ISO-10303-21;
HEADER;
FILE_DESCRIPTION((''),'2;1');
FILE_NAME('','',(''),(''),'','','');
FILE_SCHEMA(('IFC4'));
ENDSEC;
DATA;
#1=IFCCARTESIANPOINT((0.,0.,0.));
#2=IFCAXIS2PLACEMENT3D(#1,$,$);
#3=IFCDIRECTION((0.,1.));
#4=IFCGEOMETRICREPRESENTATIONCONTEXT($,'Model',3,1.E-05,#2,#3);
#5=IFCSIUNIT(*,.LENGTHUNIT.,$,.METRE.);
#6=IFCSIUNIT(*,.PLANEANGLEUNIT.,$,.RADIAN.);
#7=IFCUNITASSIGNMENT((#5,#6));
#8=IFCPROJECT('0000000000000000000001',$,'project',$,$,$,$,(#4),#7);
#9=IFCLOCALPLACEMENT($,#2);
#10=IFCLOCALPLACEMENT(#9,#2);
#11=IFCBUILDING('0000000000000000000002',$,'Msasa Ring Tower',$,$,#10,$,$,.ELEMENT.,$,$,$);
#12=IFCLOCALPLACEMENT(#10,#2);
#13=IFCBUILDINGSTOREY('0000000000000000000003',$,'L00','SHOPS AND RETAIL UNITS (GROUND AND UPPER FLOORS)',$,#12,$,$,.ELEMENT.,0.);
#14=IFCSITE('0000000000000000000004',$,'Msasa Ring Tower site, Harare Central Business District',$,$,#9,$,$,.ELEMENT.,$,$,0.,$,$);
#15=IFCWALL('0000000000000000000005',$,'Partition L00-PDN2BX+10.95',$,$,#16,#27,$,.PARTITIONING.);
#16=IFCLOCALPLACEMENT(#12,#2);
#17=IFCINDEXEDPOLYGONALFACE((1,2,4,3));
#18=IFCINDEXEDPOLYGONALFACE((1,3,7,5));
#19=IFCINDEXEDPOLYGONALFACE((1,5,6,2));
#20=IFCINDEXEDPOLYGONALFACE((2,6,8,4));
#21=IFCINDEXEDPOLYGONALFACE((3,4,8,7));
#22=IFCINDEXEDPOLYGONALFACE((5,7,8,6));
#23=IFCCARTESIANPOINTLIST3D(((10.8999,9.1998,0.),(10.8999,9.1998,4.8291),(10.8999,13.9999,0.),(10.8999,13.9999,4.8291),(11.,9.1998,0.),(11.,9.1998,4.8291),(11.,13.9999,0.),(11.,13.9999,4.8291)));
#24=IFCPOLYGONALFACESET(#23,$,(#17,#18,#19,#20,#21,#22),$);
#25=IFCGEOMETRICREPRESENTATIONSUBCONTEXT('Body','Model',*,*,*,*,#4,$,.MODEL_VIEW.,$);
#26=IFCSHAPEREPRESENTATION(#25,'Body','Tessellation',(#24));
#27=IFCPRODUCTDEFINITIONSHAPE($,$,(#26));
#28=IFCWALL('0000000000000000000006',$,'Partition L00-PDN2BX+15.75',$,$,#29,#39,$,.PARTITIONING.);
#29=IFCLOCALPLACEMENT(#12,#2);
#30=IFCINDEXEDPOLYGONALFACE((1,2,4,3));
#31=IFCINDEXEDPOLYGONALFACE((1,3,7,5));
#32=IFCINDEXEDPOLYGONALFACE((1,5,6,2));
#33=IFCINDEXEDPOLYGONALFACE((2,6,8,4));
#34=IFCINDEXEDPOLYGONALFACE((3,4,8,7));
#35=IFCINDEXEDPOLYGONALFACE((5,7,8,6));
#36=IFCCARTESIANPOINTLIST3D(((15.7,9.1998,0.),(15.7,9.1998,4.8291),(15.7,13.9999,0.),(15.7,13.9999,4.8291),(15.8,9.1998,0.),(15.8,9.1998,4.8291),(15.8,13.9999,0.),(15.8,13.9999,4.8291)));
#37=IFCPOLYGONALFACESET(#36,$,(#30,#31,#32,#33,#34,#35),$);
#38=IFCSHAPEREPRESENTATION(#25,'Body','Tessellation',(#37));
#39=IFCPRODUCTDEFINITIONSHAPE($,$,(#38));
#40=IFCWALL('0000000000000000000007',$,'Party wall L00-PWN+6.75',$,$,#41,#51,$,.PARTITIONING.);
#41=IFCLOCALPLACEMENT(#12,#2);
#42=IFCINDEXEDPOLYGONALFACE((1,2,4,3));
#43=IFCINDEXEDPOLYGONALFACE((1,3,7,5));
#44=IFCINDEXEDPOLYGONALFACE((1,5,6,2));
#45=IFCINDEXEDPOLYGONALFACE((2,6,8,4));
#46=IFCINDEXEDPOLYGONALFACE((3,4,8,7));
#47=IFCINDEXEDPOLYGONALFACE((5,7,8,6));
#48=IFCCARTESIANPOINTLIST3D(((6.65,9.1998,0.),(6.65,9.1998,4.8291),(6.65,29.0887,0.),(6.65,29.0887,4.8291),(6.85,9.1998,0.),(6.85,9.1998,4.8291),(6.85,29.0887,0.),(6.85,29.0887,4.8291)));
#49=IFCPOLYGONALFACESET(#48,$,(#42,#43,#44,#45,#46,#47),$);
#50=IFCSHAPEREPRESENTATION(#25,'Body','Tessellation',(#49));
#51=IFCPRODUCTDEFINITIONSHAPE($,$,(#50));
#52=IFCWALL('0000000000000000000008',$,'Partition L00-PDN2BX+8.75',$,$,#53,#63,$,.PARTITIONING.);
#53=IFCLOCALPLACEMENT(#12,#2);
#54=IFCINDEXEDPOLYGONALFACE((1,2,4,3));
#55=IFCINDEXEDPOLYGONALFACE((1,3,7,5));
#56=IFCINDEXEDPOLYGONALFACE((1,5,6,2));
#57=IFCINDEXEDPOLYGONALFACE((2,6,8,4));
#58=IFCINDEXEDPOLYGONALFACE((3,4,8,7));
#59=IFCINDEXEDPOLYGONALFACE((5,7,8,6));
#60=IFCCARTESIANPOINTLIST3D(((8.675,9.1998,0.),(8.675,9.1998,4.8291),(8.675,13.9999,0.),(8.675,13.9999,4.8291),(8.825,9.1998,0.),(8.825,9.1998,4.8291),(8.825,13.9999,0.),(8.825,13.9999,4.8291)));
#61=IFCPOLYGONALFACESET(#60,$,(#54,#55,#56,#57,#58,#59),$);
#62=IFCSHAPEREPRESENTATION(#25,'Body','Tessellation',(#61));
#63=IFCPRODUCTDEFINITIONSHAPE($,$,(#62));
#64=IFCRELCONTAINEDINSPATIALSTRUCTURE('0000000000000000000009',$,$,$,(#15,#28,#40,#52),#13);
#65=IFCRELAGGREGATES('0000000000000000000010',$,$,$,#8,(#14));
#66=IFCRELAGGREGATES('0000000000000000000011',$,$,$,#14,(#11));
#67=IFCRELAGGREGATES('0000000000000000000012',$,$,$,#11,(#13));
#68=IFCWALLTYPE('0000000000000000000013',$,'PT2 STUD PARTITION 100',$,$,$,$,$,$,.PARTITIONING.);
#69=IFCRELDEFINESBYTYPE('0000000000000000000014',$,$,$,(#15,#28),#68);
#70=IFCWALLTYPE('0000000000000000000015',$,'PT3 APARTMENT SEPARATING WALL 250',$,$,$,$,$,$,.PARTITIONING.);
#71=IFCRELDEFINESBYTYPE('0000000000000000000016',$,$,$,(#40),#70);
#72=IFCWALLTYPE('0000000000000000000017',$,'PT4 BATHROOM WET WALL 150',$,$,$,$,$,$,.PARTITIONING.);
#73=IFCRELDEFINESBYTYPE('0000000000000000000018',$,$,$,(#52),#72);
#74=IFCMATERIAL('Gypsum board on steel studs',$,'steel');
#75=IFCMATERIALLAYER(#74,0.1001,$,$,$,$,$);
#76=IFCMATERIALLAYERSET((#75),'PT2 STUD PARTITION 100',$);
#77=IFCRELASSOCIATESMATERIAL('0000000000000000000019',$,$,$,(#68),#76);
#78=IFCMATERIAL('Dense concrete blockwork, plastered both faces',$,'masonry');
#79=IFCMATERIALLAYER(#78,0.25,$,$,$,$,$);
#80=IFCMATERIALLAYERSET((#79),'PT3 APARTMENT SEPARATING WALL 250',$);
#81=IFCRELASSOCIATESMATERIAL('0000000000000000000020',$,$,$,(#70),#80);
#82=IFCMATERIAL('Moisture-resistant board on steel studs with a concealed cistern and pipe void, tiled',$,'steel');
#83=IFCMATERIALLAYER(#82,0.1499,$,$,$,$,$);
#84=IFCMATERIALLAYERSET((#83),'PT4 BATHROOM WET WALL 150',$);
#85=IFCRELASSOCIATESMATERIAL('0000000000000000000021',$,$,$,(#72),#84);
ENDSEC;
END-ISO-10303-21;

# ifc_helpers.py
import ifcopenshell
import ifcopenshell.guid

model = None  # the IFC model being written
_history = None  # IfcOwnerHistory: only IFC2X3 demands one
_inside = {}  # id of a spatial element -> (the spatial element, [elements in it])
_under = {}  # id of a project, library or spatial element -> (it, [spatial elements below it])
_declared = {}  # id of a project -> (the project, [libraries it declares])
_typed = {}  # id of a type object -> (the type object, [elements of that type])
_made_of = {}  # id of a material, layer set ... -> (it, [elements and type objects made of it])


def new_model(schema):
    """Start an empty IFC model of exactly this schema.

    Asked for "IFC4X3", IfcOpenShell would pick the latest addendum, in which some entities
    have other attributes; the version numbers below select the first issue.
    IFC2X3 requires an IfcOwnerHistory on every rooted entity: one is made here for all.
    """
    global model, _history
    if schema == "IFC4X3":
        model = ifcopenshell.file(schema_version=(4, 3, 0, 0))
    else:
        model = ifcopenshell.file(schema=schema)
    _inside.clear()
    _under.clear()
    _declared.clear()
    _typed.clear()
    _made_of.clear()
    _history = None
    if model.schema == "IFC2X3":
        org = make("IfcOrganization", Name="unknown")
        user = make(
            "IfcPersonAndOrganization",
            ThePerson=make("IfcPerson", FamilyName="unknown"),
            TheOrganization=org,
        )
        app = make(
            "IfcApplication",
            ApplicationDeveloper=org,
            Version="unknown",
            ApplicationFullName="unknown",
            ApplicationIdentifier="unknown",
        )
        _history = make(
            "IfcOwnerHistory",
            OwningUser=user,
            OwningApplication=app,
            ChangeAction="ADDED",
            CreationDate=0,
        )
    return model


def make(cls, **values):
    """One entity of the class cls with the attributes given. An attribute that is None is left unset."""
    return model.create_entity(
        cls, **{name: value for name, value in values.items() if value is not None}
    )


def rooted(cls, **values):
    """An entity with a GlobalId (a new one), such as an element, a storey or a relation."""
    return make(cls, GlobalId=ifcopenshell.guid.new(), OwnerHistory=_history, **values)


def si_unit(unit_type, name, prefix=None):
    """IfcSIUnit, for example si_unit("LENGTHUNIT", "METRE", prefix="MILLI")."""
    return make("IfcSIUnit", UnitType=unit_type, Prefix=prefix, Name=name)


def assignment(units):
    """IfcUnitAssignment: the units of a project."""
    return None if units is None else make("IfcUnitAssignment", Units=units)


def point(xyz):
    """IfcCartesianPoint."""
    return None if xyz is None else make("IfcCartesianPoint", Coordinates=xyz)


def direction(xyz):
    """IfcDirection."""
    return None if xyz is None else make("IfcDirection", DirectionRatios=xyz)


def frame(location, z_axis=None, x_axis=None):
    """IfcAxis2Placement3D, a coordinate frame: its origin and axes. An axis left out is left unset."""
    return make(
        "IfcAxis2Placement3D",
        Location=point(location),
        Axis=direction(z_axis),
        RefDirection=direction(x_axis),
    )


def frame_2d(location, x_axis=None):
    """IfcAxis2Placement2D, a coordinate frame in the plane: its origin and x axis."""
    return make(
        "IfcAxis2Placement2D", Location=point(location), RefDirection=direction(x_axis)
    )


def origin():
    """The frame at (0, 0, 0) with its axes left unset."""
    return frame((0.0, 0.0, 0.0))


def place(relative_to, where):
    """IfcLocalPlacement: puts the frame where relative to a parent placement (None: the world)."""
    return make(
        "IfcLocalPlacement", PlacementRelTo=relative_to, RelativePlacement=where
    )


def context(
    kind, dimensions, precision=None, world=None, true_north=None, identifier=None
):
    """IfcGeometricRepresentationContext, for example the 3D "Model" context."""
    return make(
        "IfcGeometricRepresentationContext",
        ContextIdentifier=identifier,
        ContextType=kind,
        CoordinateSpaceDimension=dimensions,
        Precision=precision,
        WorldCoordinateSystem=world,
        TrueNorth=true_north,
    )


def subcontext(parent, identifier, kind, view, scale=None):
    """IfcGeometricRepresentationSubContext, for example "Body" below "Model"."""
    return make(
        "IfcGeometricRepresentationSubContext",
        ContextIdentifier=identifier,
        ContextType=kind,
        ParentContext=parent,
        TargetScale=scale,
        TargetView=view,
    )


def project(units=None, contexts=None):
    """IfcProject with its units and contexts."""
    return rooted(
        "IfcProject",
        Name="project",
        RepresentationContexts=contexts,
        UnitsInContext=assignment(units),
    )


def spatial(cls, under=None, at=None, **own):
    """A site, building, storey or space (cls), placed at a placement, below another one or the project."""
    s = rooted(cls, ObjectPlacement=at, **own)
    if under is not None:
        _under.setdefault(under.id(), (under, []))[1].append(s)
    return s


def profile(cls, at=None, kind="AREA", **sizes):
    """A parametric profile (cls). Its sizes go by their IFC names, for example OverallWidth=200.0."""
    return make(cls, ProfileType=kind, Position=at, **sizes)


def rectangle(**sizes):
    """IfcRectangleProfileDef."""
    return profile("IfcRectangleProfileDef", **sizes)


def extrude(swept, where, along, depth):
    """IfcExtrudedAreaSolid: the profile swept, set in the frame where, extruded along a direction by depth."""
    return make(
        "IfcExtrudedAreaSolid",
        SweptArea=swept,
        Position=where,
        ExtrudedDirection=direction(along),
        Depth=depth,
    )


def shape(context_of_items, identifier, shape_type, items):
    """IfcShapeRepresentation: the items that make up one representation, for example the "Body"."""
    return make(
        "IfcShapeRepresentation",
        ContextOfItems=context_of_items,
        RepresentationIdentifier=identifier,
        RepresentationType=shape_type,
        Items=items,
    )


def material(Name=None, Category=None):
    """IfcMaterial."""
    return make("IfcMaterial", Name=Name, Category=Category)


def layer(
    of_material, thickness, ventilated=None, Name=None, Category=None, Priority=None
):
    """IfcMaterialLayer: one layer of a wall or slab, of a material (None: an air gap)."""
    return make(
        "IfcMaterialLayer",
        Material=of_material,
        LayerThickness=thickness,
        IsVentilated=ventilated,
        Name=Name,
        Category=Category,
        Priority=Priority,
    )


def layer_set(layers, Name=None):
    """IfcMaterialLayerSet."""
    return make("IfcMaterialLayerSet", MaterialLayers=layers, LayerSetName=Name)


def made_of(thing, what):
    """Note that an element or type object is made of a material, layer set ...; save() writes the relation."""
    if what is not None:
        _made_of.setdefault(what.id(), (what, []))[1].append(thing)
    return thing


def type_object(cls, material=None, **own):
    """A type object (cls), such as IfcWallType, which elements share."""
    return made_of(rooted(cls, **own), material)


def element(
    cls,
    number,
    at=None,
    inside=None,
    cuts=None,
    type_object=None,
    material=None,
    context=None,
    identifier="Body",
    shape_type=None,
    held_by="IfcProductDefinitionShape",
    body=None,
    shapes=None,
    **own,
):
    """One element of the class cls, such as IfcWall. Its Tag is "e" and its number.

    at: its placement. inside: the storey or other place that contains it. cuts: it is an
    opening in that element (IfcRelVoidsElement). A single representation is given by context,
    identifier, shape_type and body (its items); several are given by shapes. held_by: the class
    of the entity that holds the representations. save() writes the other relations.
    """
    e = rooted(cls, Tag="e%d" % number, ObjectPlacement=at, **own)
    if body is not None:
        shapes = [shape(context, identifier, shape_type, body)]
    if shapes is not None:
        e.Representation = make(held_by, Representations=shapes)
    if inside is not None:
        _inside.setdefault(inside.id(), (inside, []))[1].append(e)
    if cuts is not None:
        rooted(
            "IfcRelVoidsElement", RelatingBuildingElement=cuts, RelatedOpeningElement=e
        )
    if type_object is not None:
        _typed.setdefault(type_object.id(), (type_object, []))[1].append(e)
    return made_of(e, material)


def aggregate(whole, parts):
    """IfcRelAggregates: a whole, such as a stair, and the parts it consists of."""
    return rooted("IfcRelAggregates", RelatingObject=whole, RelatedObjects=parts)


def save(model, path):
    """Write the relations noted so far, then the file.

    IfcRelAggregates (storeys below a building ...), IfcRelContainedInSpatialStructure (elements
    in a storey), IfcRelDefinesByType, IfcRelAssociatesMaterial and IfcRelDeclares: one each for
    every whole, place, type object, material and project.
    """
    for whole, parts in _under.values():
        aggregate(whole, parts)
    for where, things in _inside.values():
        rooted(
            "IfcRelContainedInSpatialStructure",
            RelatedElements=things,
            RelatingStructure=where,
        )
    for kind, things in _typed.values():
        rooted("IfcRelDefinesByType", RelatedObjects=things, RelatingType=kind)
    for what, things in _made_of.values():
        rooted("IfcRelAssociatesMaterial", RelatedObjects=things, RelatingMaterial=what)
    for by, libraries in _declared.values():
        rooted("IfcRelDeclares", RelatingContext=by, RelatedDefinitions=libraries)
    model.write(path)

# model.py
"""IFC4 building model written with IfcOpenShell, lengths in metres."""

from ifc_helpers import new_model, si_unit, direction, frame, frame_2d, origin, place, context, subcontext, project, spatial, rectangle, extrude, material, layer, layer_set, type_object, element, save


model = new_model("IFC4")

# Units and contexts
model_context = context("Model", 3, precision=1e-05, world=origin(), true_north=direction((0.0, 1.0)))
body_context = subcontext(model_context, "Body", "Model", "MODEL_VIEW")
ifc_project = project(units=[si_unit("LENGTHUNIT", "METRE"), si_unit("PLANEANGLEUNIT", "RADIAN")], contexts=[model_context])

# Site, building, storey
site_placement = place(None, origin())
site = spatial("IfcSite", under=ifc_project, at=site_placement, Name="Msasa Ring Tower site, Harare Central Business District", CompositionType="ELEMENT", RefElevation=0.0)
building_placement = place(site_placement, origin())
building = spatial("IfcBuilding", under=site, at=building_placement, Name="Msasa Ring Tower", CompositionType="ELEMENT")
storey_placement = place(building_placement, origin())
storey = spatial("IfcBuildingStorey", under=building, at=storey_placement, Name="L00", Description="SHOPS AND RETAIL UNITS (GROUND AND UPPER FLOORS)", CompositionType="ELEMENT", Elevation=0.0)

# Shared definitions
ifc_material_1 = material(Name="Gypsum board on steel studs", Category="steel")
ifc_layer_1 = layer(ifc_material_1, 0.1001)
ifc_layer_set_1 = layer_set([ifc_layer_1], Name="PT2 STUD PARTITION 100")
wall_type_1 = type_object("IfcWallType", Name="PT2 STUD PARTITION 100", PredefinedType="PARTITIONING", material=ifc_layer_set_1)

# Walls
for number, where, z_axis, x_axis, name in (
    (1, (10.95, 9.2, 0.0), (0.0, 0.0, 1.0), (0.0, 1.0, 0.0), "Partition L00-PDN2BX+10.95"),
    (2, (15.75, 9.2, 0.0), (0.0, 0.0, 1.0), (0.0, 1.0, 0.0), "Partition L00-PDN2BX+15.75"),
):
    element("IfcWall", number, at=place(storey_placement, frame(where, z_axis=z_axis, x_axis=x_axis)), inside=storey, type_object=wall_type_1, Name=name, PredefinedType="PARTITIONING", context=body_context, shape_type="SweptSolid", body=[
        extrude(rectangle(XDim=4.8, YDim=0.1001, at=frame_2d((2.3999, 0.0))), origin(), (0.0, 0.0, 1.0), 4.8291),
    ])
ifc_material_2 = material(Name="Dense concrete blockwork, plastered both faces", Category="masonry")
ifc_layer_2 = layer(ifc_material_2, 0.25)
ifc_layer_set_2 = layer_set([ifc_layer_2], Name="PT3 APARTMENT SEPARATING WALL 250")
wall_type_2 = type_object("IfcWallType", Name="PT3 APARTMENT SEPARATING WALL 250", PredefinedType="PARTITIONING", material=ifc_layer_set_2)
wall_1_placement = place(storey_placement, frame((6.75, 9.2, 0.0), z_axis=(0.0, 0.0, 1.0), x_axis=(0.0, 1.0, 0.0)))
element("IfcWall", 3, at=wall_1_placement, inside=storey, type_object=wall_type_2, Name="Party wall L00-PWN+6.75", PredefinedType="PARTITIONING", context=body_context, shape_type="SweptSolid", body=[
    extrude(rectangle(XDim=19.8889, YDim=0.2, at=frame_2d((9.9443, 0.0))), origin(), (0.0, 0.0, 1.0), 4.8291),
])
ifc_material_3 = material(Name="Moisture-resistant board on steel studs with a concealed cistern and pipe void, tiled", Category="steel")
ifc_layer_3 = layer(ifc_material_3, 0.1499)
ifc_layer_set_3 = layer_set([ifc_layer_3], Name="PT4 BATHROOM WET WALL 150")
wall_type_3 = type_object("IfcWallType", Name="PT4 BATHROOM WET WALL 150", PredefinedType="PARTITIONING", material=ifc_layer_set_3)
wall_2_placement = place(storey_placement, frame((8.75, 9.2, 0.0), z_axis=(0.0, 0.0, 1.0), x_axis=(0.0, 1.0, 0.0)))
element("IfcWall", 4, at=wall_2_placement, inside=storey, type_object=wall_type_3, Name="Partition L00-PDN2BX+8.75", PredefinedType="PARTITIONING", context=body_context, shape_type="SweptSolid", body=[
    extrude(rectangle(XDim=4.8, YDim=0.1499, at=frame_2d((2.3999, 0.0))), origin(), (0.0, 0.0, 1.0), 4.8291),
])

save(model, "model.ifc")
